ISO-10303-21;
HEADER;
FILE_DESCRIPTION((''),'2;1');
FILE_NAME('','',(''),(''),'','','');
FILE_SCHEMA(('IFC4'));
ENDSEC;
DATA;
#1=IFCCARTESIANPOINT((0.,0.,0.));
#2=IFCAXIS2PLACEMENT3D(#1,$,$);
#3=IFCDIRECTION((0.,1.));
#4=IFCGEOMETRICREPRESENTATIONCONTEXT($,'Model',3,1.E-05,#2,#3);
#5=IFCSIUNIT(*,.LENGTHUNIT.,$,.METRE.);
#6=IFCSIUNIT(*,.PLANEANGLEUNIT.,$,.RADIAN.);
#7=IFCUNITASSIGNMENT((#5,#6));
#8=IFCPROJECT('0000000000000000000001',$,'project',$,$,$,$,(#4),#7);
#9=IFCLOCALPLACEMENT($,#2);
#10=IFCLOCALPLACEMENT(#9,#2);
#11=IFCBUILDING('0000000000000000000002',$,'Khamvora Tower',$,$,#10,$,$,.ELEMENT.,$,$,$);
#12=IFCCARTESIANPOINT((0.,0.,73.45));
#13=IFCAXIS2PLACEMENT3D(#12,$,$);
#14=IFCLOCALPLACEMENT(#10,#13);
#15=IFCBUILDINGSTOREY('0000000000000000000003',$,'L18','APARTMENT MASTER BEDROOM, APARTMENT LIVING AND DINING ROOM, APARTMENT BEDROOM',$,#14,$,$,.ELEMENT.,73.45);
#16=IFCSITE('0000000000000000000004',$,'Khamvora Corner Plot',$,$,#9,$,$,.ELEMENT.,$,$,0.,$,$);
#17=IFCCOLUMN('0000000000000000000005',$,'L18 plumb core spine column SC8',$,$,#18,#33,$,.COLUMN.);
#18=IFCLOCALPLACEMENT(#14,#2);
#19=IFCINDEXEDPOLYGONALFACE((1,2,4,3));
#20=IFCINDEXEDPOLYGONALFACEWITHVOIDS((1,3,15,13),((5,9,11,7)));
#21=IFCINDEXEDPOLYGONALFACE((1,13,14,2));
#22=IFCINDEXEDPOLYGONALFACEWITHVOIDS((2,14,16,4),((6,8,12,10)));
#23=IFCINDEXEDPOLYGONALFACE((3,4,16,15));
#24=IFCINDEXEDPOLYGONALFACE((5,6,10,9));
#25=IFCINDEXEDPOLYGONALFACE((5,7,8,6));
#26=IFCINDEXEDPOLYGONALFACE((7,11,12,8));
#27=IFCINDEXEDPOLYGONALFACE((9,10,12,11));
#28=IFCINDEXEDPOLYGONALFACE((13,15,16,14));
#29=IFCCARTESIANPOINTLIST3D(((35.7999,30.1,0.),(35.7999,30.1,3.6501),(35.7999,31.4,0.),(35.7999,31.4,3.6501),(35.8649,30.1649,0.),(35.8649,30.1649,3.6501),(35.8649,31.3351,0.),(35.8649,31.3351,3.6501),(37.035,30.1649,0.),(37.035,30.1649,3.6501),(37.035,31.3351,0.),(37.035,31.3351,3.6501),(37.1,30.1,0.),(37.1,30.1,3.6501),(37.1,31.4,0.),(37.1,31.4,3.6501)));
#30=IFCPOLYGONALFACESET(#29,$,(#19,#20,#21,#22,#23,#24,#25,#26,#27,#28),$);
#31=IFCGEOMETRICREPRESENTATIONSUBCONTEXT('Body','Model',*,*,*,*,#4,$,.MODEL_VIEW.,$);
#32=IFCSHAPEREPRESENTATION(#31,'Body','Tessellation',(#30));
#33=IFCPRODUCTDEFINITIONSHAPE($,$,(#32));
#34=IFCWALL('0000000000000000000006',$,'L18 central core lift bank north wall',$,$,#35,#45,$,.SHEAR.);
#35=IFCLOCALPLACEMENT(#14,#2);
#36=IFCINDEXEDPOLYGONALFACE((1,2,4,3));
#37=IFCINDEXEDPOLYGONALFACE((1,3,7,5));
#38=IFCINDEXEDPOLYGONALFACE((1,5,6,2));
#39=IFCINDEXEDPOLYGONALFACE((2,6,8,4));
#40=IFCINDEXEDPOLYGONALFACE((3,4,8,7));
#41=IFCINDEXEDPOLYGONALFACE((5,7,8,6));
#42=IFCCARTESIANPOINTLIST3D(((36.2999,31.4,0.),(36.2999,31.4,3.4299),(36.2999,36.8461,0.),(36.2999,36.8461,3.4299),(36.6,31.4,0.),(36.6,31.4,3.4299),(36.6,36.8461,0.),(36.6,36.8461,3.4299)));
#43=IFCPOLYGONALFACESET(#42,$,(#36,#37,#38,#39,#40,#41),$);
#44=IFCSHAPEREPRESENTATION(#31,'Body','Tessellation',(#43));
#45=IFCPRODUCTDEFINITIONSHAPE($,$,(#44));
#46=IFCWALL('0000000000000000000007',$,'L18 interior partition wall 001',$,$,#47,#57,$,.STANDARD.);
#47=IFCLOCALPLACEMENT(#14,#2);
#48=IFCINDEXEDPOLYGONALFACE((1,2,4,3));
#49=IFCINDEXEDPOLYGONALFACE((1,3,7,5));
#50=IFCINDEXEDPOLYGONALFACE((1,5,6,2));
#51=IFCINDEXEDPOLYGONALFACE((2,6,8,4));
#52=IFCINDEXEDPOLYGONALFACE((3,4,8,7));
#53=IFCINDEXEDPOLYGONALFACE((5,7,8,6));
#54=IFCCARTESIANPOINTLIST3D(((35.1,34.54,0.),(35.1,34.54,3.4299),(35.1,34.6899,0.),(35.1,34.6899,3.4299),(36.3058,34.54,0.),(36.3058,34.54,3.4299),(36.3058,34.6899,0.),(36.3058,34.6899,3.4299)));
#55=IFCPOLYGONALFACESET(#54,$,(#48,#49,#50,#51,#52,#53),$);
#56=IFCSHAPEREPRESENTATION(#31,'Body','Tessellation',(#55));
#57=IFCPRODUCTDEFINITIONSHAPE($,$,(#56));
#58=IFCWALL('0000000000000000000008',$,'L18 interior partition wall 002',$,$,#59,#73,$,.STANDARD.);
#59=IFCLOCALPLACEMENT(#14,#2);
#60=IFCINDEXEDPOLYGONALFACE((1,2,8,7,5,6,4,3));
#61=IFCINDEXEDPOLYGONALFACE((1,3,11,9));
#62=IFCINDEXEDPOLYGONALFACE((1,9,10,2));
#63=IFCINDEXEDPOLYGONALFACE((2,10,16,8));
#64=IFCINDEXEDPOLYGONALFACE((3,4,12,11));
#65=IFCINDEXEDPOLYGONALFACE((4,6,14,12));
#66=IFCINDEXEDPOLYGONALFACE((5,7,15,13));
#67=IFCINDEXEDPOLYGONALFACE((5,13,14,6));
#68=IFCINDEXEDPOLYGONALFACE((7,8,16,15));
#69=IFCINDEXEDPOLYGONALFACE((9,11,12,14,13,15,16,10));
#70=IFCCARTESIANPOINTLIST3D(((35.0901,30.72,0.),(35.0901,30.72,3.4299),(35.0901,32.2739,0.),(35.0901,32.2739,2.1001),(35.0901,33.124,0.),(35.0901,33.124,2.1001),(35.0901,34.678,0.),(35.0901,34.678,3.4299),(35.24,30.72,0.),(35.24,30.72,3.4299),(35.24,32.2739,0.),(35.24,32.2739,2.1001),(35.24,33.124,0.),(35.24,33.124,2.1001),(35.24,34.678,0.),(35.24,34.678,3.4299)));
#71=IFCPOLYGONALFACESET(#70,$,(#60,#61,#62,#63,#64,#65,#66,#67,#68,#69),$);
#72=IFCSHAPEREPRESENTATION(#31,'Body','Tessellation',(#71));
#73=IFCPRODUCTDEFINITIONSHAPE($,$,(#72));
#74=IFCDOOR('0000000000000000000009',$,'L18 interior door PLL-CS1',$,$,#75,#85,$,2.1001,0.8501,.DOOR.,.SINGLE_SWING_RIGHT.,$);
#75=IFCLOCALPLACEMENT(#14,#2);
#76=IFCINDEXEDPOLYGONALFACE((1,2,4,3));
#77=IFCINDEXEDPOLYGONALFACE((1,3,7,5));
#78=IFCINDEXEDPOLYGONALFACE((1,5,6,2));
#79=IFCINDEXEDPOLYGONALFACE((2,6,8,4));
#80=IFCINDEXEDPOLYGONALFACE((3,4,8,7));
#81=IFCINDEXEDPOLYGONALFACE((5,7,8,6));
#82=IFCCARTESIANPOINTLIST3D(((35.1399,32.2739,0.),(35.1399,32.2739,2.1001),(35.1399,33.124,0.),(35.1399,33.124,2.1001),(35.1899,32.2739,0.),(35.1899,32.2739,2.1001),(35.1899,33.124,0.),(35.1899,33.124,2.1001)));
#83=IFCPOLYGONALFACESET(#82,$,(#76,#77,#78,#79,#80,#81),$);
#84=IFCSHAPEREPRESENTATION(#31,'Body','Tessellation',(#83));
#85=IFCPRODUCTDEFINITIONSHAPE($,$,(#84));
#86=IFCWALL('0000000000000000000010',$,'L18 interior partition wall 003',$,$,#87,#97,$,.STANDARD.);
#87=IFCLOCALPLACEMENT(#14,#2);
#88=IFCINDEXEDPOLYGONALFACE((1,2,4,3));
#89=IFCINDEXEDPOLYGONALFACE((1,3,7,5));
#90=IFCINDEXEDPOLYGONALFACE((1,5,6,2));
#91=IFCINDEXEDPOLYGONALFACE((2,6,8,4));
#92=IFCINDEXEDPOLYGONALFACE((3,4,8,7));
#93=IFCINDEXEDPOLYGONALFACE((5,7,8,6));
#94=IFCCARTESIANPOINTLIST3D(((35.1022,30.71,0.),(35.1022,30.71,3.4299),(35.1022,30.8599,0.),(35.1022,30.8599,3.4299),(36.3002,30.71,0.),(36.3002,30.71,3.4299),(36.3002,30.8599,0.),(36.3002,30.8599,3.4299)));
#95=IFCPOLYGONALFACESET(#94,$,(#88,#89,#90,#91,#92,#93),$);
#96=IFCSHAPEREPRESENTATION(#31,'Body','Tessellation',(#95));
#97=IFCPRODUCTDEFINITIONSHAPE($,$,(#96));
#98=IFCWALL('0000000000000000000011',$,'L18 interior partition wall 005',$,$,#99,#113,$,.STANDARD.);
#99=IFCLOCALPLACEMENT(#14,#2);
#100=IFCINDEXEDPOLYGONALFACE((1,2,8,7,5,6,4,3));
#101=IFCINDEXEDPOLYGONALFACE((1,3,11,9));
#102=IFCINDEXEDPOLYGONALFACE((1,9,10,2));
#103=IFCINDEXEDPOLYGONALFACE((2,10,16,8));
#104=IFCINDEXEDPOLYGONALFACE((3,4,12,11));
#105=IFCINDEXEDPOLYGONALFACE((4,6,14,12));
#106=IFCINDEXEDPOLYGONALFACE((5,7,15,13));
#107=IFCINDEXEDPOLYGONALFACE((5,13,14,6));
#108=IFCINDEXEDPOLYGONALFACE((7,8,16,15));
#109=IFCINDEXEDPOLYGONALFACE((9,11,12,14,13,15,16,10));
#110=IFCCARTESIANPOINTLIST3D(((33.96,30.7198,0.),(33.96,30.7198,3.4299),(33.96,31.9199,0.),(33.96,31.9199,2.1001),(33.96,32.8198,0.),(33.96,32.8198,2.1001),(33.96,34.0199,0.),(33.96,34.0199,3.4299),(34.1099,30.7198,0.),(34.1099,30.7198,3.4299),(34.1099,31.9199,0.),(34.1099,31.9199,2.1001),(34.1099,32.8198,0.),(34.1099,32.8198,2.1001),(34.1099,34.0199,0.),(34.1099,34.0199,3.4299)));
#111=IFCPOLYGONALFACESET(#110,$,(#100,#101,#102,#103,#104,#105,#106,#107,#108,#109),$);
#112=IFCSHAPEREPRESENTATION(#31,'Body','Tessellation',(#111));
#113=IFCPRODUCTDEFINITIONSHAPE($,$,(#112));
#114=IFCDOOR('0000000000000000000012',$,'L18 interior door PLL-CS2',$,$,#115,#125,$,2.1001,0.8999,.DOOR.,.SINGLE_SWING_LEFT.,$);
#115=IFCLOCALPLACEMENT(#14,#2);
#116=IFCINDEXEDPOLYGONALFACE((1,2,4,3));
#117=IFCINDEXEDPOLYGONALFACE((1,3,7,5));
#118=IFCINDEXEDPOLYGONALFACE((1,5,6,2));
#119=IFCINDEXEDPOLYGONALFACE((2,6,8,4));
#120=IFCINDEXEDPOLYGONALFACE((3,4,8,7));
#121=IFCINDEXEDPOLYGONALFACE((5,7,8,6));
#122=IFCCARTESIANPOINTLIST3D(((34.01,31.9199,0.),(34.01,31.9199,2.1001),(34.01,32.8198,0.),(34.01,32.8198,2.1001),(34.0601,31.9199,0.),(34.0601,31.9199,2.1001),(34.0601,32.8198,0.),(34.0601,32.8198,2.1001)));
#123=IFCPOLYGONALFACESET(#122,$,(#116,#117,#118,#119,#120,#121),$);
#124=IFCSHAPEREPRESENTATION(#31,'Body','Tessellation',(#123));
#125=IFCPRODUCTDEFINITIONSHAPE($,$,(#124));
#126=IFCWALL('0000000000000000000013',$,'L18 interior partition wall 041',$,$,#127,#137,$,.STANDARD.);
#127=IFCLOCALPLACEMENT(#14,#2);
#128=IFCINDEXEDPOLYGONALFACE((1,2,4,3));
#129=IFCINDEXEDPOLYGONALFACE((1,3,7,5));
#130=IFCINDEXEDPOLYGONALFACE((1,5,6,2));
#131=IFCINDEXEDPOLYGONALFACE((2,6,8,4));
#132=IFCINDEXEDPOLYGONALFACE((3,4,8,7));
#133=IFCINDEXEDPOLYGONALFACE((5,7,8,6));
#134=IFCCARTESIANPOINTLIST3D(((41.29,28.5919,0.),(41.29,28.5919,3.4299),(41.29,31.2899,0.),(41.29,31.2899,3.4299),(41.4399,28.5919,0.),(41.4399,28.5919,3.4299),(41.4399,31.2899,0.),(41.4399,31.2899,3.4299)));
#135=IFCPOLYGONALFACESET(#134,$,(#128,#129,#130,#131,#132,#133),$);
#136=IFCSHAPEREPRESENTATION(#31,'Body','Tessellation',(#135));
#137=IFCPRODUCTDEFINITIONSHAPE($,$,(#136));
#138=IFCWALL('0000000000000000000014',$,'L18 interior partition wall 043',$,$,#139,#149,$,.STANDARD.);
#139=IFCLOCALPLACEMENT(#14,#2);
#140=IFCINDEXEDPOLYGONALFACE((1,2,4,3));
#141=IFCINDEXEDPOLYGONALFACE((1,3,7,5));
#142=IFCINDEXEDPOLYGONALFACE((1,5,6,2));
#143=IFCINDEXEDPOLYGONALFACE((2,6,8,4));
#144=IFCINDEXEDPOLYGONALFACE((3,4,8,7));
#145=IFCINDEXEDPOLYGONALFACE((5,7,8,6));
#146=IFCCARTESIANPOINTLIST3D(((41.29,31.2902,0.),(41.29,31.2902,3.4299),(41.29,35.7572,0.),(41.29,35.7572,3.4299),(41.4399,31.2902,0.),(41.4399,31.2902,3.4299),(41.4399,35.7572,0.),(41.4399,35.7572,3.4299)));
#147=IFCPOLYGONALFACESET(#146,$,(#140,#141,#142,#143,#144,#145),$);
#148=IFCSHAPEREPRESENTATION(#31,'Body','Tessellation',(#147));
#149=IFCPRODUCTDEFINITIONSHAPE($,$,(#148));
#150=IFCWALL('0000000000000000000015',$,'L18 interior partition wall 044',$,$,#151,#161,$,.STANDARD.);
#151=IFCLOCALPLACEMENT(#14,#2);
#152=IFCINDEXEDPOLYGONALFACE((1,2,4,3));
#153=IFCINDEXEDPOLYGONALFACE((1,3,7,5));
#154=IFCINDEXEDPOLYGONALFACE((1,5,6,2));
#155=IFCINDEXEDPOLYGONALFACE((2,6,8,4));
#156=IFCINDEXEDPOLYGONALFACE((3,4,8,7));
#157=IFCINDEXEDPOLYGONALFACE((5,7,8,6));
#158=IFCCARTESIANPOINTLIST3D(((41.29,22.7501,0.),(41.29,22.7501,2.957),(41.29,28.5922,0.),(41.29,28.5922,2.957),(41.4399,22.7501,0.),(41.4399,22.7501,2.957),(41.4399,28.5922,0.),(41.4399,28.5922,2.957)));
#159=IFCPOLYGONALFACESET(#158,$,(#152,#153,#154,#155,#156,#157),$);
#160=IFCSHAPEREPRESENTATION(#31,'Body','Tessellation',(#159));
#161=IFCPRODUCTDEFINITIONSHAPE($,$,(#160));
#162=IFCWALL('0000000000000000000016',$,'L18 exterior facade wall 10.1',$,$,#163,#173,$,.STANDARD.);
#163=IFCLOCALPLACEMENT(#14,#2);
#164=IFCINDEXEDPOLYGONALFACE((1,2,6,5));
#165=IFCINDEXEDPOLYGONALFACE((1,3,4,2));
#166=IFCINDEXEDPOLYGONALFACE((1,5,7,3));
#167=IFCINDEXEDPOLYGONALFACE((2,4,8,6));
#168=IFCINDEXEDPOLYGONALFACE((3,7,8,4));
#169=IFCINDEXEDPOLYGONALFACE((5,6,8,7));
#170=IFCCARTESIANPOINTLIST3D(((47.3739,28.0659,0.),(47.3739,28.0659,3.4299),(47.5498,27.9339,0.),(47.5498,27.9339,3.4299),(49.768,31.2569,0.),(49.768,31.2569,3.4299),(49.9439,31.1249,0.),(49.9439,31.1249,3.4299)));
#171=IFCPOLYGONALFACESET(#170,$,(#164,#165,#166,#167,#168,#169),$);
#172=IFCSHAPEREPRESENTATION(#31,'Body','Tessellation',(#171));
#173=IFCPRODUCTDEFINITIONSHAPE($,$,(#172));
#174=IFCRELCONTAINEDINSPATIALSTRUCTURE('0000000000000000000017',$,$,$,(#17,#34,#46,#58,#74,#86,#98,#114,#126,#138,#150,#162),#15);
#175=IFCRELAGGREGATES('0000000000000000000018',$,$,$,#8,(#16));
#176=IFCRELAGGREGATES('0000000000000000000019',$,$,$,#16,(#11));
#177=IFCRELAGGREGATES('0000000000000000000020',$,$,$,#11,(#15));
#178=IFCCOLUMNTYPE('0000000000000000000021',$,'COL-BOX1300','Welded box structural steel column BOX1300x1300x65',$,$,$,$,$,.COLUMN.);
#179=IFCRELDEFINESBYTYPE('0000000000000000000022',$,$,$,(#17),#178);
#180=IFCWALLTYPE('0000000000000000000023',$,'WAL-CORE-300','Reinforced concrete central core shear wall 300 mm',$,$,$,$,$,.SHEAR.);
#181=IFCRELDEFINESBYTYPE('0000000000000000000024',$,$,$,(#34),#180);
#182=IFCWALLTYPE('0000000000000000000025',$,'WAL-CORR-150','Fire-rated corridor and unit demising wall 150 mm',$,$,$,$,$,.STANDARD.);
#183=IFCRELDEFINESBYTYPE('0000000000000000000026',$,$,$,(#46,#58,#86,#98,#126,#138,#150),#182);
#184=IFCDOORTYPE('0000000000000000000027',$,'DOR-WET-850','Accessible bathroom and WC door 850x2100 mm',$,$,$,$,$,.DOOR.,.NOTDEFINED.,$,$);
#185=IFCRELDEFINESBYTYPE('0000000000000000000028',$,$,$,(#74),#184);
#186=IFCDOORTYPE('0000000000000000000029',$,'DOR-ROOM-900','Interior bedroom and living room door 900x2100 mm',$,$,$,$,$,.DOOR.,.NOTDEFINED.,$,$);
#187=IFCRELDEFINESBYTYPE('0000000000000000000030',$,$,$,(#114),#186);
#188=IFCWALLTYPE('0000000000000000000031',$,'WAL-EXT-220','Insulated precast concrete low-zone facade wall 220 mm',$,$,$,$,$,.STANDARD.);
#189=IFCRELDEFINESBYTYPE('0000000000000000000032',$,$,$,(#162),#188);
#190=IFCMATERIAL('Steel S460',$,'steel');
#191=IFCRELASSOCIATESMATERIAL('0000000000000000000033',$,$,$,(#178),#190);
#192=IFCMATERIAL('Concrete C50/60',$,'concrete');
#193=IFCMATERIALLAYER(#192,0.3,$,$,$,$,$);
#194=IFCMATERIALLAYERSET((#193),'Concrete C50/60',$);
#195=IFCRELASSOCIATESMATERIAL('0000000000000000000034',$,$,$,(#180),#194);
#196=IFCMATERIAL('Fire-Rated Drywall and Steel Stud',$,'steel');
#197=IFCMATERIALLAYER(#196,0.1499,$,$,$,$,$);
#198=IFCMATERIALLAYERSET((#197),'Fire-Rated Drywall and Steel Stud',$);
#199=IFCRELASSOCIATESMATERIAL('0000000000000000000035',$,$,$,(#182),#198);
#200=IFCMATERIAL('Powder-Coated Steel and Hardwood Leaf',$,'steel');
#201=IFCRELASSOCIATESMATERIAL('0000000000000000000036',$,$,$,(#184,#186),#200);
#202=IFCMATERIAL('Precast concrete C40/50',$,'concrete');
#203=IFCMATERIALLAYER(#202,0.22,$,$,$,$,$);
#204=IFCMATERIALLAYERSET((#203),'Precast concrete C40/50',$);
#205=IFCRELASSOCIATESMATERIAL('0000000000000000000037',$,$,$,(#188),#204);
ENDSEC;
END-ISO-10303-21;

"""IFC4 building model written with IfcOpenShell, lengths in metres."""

from ifc_helpers import new_model, si_unit, direction, frame, frame_2d, origin, origin_2d, place, context, subcontext, project, spatial, rectangle, hollow_rectangle, extrude, material, layer, layer_set, material_profile, profile_set, type_object, element, fill, save


model = new_model("IFC4")

# Units and contexts
model_context = context("Model", 3, precision=1e-05, world=origin(), true_north=direction((0.0, 1.0)))
body_context = subcontext(model_context, "Body", "Model", "MODEL_VIEW")
ifc_project = project(units=[si_unit("LENGTHUNIT", "METRE"), si_unit("PLANEANGLEUNIT", "RADIAN")], contexts=[model_context])

# Site, building, storey
site_placement = place(None, origin())
site = spatial("IfcSite", under=ifc_project, at=site_placement, Name="Khamvora Corner Plot", CompositionType="ELEMENT", RefElevation=0.0)
building_placement = place(site_placement, origin())
building = spatial("IfcBuilding", under=site, at=building_placement, Name="Khamvora Tower", CompositionType="ELEMENT")
storey_placement = place(building_placement, frame((0.0, 0.0, 73.45)))
storey = spatial("IfcBuildingStorey", under=building, at=storey_placement, Name="L18", Description="APARTMENT MASTER BEDROOM, APARTMENT LIVING AND DINING ROOM, APARTMENT BEDROOM", CompositionType="ELEMENT", Elevation=73.45)

# Column
ifc_material_1 = material(Name="Steel S460", Category="steel")
ifc_material_profile = material_profile(ifc_material_1, hollow_rectangle(XDim=1.3, YDim=1.3, WallThickness=0.0649, at=origin_2d()), Name="BOX1300x1300x65")
ifc_profile_set = profile_set([ifc_material_profile], Name="Steel S460")
column_type = type_object("IfcColumnType", Name="COL-BOX1300", Description="Welded box structural steel column BOX1300x1300x65", PredefinedType="COLUMN", material=ifc_profile_set)
column_placement = place(storey_placement, frame((36.45, 30.75, 0.0), z_axis=(0.0, 0.0, 1.0), x_axis=(1.0, 0.0, 0.0)))
element("IfcColumn", 1, at=column_placement, inside=storey, type_object=column_type, Name="L18 plumb core spine column SC8", PredefinedType="COLUMN", context=body_context, shape_type="SweptSolid", body=[
    extrude(hollow_rectangle(XDim=1.3, YDim=1.3, WallThickness=0.0649, at=origin_2d()), origin(), (0.0, 0.0, 1.0), 3.6501),
])

# Walls
ifc_material_2 = material(Name="Concrete C50/60", Category="concrete")
ifc_layer_1 = layer(ifc_material_2, 0.3)
ifc_layer_set_1 = layer_set([ifc_layer_1], Name="Concrete C50/60")
wall_type_1 = type_object("IfcWallType", Name="WAL-CORE-300", Description="Reinforced concrete central core shear wall 300 mm", PredefinedType="SHEAR", material=ifc_layer_set_1)
wall_1_placement = place(storey_placement, frame((36.45, 31.3999, 0.0), z_axis=(0.0, 0.0, 1.0), x_axis=(0.0, 1.0, 0.0)))
element("IfcWall", 2, at=wall_1_placement, inside=storey, type_object=wall_type_1, Name="L18 central core lift bank north wall", PredefinedType="SHEAR", context=body_context, shape_type="SweptSolid", body=[
    extrude(rectangle(XDim=5.446, YDim=0.3, at=frame_2d((2.7231, 0.0))), origin(), (0.0, 0.0, 1.0), 3.4299),
])
ifc_material_3 = material(Name="Fire-Rated Drywall and Steel Stud", Category="steel")
ifc_layer_2 = layer(ifc_material_3, 0.1499)
ifc_layer_set_2 = layer_set([ifc_layer_2], Name="Fire-Rated Drywall and Steel Stud")
wall_type_2 = type_object("IfcWallType", Name="WAL-CORR-150", Description="Fire-rated corridor and unit demising wall 150 mm", PredefinedType="STANDARD", material=ifc_layer_set_2)
wall_2_placement = place(storey_placement, frame((36.3059, 34.615, 0.0), z_axis=(0.0, 0.0, 1.0), x_axis=(-1.0, 0.0, 0.0)))
element("IfcWall", 3, at=wall_2_placement, inside=storey, type_object=wall_type_2, Name="L18 interior partition wall 001", PredefinedType="STANDARD", context=body_context, shape_type="SweptSolid", body=[
    extrude(rectangle(XDim=1.2058, YDim=0.1499, at=frame_2d((0.603, 0.0))), origin(), (0.0, 0.0, 1.0), 3.4299),
])

# Wall, opening, door
wall_3_placement = place(storey_placement, frame((35.165, 34.678, 0.0), z_axis=(0.0, 0.0, 1.0), x_axis=(0.0, -1.0, 0.0)))
wall_3 = element("IfcWall", 4, at=wall_3_placement, inside=storey, type_object=wall_type_2, Name="L18 interior partition wall 002", PredefinedType="STANDARD", context=body_context, shape_type="SweptSolid", body=[
    extrude(rectangle(XDim=3.958, YDim=0.1499, at=frame_2d((1.979, 0.0))), origin(), (0.0, 0.0, 1.0), 3.4299),
])
opening_1_placement = place(wall_3_placement, frame((1.554, 0.0, 0.0)))
opening_1 = element("IfcOpeningElement", 5, at=opening_1_placement, cuts=wall_3, PredefinedType="OPENING", context=body_context, shape_type="SweptSolid", body=[
    extrude(rectangle(XDim=0.8501, YDim=2.1001, at=frame_2d((0.425, 1.05))), frame((0.0, 0.085, 0.0), z_axis=(0.0, -1.0, 0.0), x_axis=(1.0, 0.0, 0.0)), (0.0, 0.0, 1.0), 0.1699),
])
ifc_material_4 = material(Name="Powder-Coated Steel and Hardwood Leaf", Category="steel")
door_type_1 = type_object("IfcDoorType", Name="DOR-WET-850", Description="Accessible bathroom and WC door 850x2100 mm", OperationType="NOTDEFINED", PredefinedType="DOOR", material=ifc_material_4)
door_1_placement = place(opening_1_placement, origin())
door_1 = element("IfcDoor", 6, at=door_1_placement, inside=storey, type_object=door_type_1, Name="L18 interior door PLL-CS1", OperationType="SINGLE_SWING_RIGHT", OverallHeight=2.1001, OverallWidth=0.8501, PredefinedType="DOOR", context=body_context, shape_type="SweptSolid", body=[
    extrude(rectangle(XDim=0.8501, YDim=2.1001, at=frame_2d((0.425, 1.05))), frame((0.0, 0.0249, 0.0), z_axis=(0.0, -1.0, 0.0), x_axis=(1.0, 0.0, 0.0)), (0.0, 0.0, 1.0), 0.05),
])
fill(opening_1, door_1)

# Wall
wall_4_placement = place(storey_placement, frame((35.1021, 30.7849, 0.0), z_axis=(0.0, 0.0, 1.0), x_axis=(1.0, 0.0, 0.0)))
element("IfcWall", 7, at=wall_4_placement, inside=storey, type_object=wall_type_2, Name="L18 interior partition wall 003", PredefinedType="STANDARD", context=body_context, shape_type="SweptSolid", body=[
    extrude(rectangle(XDim=1.198, YDim=0.1499, at=frame_2d((0.5991, 0.0))), origin(), (0.0, 0.0, 1.0), 3.4299),
])

# Wall, opening, door
wall_5_placement = place(storey_placement, frame((34.0349, 30.72, 0.0), z_axis=(0.0, 0.0, 1.0), x_axis=(0.0, 1.0, 0.0)))
wall_5 = element("IfcWall", 8, at=wall_5_placement, inside=storey, type_object=wall_type_2, Name="L18 interior partition wall 005", PredefinedType="STANDARD", context=body_context, shape_type="SweptSolid", body=[
    extrude(rectangle(XDim=3.3, YDim=0.1499, at=frame_2d((1.6499, 0.0))), origin(), (0.0, 0.0, 1.0), 3.4299),
])
opening_2_placement = place(wall_5_placement, frame((1.2, 0.0, 0.0)))
opening_2 = element("IfcOpeningElement", 9, at=opening_2_placement, cuts=wall_5, PredefinedType="OPENING", context=body_context, shape_type="SweptSolid", body=[
    extrude(rectangle(XDim=0.8999, YDim=2.1001, at=frame_2d((0.45, 1.05))), frame((0.0, 0.085, 0.0), z_axis=(0.0, -1.0, 0.0), x_axis=(1.0, 0.0, 0.0)), (0.0, 0.0, 1.0), 0.1699),
])
door_type_2 = type_object("IfcDoorType", Name="DOR-ROOM-900", Description="Interior bedroom and living room door 900x2100 mm", OperationType="NOTDEFINED", PredefinedType="DOOR", material=ifc_material_4)
door_2_placement = place(opening_2_placement, origin())
door_2 = element("IfcDoor", 10, at=door_2_placement, inside=storey, type_object=door_type_2, Name="L18 interior door PLL-CS2", OperationType="SINGLE_SWING_LEFT", OverallHeight=2.1001, OverallWidth=0.8999, PredefinedType="DOOR", context=body_context, shape_type="SweptSolid", body=[
    extrude(rectangle(XDim=0.8999, YDim=2.1001, at=frame_2d((0.45, 1.05))), frame((0.0, 0.0249, 0.0), z_axis=(0.0, -1.0, 0.0), x_axis=(1.0, 0.0, 0.0)), (0.0, 0.0, 1.0), 0.05),
])
fill(opening_2, door_2)

# Walls
wall_6_placement = place(storey_placement, frame((41.365, 31.29, 0.0), z_axis=(0.0, 0.0, 1.0), x_axis=(0.0, -1.0, 0.0)))
element("IfcWall", 11, at=wall_6_placement, inside=storey, type_object=wall_type_2, Name="L18 interior partition wall 041", PredefinedType="STANDARD", context=body_context, shape_type="SweptSolid", body=[
    extrude(rectangle(XDim=2.698, YDim=0.1499, at=frame_2d((1.3491, 0.0))), origin(), (0.0, 0.0, 1.0), 3.4299),
])
wall_7_placement = place(storey_placement, frame((41.365, 35.7571, 0.0), z_axis=(0.0, 0.0, 1.0), x_axis=(0.0, -1.0, 0.0)))
element("IfcWall", 12, at=wall_7_placement, inside=storey, type_object=wall_type_2, Name="L18 interior partition wall 043", PredefinedType="STANDARD", context=body_context, shape_type="SweptSolid", body=[
    extrude(rectangle(XDim=4.467, YDim=0.1499, at=frame_2d((2.2334, 0.0))), origin(), (0.0, 0.0, 1.0), 3.4299),
])
wall_8_placement = place(storey_placement, frame((41.365, 28.592, 0.0), z_axis=(0.0, 0.0, 1.0), x_axis=(0.0, -1.0, 0.0)))
element("IfcWall", 13, at=wall_8_placement, inside=storey, type_object=wall_type_2, Name="L18 interior partition wall 044", PredefinedType="STANDARD", context=body_context, shape_type="SweptSolid", body=[
    extrude(rectangle(XDim=5.842, YDim=0.1499, at=frame_2d((2.9209, 0.0))), origin(), (0.0, 0.0, 1.0), 2.957),
])
ifc_material_5 = material(Name="Precast concrete C40/50", Category="concrete")
ifc_layer_3 = layer(ifc_material_5, 0.22)
ifc_layer_set_3 = layer_set([ifc_layer_3], Name="Precast concrete C40/50")
wall_type_3 = type_object("IfcWallType", Name="WAL-EXT-220", Description="Insulated precast concrete low-zone facade wall 220 mm", PredefinedType="STANDARD", material=ifc_layer_set_3)
wall_9_placement = place(storey_placement, frame((49.856, 31.1909, 0.0), z_axis=(0.0, 0.0, 1.0), x_axis=(-0.600137, -0.799897, 0.0)))
element("IfcWall", 14, at=wall_9_placement, inside=storey, type_object=wall_type_3, Name="L18 exterior facade wall 10.1", PredefinedType="STANDARD", context=body_context, shape_type="SweptSolid", body=[
    extrude(rectangle(XDim=3.9893, YDim=0.22, at=frame_2d((1.9946, 0.0))), origin(), (0.0, 0.0, 1.0), 3.4299),
])

save(model, "model.ifc")
